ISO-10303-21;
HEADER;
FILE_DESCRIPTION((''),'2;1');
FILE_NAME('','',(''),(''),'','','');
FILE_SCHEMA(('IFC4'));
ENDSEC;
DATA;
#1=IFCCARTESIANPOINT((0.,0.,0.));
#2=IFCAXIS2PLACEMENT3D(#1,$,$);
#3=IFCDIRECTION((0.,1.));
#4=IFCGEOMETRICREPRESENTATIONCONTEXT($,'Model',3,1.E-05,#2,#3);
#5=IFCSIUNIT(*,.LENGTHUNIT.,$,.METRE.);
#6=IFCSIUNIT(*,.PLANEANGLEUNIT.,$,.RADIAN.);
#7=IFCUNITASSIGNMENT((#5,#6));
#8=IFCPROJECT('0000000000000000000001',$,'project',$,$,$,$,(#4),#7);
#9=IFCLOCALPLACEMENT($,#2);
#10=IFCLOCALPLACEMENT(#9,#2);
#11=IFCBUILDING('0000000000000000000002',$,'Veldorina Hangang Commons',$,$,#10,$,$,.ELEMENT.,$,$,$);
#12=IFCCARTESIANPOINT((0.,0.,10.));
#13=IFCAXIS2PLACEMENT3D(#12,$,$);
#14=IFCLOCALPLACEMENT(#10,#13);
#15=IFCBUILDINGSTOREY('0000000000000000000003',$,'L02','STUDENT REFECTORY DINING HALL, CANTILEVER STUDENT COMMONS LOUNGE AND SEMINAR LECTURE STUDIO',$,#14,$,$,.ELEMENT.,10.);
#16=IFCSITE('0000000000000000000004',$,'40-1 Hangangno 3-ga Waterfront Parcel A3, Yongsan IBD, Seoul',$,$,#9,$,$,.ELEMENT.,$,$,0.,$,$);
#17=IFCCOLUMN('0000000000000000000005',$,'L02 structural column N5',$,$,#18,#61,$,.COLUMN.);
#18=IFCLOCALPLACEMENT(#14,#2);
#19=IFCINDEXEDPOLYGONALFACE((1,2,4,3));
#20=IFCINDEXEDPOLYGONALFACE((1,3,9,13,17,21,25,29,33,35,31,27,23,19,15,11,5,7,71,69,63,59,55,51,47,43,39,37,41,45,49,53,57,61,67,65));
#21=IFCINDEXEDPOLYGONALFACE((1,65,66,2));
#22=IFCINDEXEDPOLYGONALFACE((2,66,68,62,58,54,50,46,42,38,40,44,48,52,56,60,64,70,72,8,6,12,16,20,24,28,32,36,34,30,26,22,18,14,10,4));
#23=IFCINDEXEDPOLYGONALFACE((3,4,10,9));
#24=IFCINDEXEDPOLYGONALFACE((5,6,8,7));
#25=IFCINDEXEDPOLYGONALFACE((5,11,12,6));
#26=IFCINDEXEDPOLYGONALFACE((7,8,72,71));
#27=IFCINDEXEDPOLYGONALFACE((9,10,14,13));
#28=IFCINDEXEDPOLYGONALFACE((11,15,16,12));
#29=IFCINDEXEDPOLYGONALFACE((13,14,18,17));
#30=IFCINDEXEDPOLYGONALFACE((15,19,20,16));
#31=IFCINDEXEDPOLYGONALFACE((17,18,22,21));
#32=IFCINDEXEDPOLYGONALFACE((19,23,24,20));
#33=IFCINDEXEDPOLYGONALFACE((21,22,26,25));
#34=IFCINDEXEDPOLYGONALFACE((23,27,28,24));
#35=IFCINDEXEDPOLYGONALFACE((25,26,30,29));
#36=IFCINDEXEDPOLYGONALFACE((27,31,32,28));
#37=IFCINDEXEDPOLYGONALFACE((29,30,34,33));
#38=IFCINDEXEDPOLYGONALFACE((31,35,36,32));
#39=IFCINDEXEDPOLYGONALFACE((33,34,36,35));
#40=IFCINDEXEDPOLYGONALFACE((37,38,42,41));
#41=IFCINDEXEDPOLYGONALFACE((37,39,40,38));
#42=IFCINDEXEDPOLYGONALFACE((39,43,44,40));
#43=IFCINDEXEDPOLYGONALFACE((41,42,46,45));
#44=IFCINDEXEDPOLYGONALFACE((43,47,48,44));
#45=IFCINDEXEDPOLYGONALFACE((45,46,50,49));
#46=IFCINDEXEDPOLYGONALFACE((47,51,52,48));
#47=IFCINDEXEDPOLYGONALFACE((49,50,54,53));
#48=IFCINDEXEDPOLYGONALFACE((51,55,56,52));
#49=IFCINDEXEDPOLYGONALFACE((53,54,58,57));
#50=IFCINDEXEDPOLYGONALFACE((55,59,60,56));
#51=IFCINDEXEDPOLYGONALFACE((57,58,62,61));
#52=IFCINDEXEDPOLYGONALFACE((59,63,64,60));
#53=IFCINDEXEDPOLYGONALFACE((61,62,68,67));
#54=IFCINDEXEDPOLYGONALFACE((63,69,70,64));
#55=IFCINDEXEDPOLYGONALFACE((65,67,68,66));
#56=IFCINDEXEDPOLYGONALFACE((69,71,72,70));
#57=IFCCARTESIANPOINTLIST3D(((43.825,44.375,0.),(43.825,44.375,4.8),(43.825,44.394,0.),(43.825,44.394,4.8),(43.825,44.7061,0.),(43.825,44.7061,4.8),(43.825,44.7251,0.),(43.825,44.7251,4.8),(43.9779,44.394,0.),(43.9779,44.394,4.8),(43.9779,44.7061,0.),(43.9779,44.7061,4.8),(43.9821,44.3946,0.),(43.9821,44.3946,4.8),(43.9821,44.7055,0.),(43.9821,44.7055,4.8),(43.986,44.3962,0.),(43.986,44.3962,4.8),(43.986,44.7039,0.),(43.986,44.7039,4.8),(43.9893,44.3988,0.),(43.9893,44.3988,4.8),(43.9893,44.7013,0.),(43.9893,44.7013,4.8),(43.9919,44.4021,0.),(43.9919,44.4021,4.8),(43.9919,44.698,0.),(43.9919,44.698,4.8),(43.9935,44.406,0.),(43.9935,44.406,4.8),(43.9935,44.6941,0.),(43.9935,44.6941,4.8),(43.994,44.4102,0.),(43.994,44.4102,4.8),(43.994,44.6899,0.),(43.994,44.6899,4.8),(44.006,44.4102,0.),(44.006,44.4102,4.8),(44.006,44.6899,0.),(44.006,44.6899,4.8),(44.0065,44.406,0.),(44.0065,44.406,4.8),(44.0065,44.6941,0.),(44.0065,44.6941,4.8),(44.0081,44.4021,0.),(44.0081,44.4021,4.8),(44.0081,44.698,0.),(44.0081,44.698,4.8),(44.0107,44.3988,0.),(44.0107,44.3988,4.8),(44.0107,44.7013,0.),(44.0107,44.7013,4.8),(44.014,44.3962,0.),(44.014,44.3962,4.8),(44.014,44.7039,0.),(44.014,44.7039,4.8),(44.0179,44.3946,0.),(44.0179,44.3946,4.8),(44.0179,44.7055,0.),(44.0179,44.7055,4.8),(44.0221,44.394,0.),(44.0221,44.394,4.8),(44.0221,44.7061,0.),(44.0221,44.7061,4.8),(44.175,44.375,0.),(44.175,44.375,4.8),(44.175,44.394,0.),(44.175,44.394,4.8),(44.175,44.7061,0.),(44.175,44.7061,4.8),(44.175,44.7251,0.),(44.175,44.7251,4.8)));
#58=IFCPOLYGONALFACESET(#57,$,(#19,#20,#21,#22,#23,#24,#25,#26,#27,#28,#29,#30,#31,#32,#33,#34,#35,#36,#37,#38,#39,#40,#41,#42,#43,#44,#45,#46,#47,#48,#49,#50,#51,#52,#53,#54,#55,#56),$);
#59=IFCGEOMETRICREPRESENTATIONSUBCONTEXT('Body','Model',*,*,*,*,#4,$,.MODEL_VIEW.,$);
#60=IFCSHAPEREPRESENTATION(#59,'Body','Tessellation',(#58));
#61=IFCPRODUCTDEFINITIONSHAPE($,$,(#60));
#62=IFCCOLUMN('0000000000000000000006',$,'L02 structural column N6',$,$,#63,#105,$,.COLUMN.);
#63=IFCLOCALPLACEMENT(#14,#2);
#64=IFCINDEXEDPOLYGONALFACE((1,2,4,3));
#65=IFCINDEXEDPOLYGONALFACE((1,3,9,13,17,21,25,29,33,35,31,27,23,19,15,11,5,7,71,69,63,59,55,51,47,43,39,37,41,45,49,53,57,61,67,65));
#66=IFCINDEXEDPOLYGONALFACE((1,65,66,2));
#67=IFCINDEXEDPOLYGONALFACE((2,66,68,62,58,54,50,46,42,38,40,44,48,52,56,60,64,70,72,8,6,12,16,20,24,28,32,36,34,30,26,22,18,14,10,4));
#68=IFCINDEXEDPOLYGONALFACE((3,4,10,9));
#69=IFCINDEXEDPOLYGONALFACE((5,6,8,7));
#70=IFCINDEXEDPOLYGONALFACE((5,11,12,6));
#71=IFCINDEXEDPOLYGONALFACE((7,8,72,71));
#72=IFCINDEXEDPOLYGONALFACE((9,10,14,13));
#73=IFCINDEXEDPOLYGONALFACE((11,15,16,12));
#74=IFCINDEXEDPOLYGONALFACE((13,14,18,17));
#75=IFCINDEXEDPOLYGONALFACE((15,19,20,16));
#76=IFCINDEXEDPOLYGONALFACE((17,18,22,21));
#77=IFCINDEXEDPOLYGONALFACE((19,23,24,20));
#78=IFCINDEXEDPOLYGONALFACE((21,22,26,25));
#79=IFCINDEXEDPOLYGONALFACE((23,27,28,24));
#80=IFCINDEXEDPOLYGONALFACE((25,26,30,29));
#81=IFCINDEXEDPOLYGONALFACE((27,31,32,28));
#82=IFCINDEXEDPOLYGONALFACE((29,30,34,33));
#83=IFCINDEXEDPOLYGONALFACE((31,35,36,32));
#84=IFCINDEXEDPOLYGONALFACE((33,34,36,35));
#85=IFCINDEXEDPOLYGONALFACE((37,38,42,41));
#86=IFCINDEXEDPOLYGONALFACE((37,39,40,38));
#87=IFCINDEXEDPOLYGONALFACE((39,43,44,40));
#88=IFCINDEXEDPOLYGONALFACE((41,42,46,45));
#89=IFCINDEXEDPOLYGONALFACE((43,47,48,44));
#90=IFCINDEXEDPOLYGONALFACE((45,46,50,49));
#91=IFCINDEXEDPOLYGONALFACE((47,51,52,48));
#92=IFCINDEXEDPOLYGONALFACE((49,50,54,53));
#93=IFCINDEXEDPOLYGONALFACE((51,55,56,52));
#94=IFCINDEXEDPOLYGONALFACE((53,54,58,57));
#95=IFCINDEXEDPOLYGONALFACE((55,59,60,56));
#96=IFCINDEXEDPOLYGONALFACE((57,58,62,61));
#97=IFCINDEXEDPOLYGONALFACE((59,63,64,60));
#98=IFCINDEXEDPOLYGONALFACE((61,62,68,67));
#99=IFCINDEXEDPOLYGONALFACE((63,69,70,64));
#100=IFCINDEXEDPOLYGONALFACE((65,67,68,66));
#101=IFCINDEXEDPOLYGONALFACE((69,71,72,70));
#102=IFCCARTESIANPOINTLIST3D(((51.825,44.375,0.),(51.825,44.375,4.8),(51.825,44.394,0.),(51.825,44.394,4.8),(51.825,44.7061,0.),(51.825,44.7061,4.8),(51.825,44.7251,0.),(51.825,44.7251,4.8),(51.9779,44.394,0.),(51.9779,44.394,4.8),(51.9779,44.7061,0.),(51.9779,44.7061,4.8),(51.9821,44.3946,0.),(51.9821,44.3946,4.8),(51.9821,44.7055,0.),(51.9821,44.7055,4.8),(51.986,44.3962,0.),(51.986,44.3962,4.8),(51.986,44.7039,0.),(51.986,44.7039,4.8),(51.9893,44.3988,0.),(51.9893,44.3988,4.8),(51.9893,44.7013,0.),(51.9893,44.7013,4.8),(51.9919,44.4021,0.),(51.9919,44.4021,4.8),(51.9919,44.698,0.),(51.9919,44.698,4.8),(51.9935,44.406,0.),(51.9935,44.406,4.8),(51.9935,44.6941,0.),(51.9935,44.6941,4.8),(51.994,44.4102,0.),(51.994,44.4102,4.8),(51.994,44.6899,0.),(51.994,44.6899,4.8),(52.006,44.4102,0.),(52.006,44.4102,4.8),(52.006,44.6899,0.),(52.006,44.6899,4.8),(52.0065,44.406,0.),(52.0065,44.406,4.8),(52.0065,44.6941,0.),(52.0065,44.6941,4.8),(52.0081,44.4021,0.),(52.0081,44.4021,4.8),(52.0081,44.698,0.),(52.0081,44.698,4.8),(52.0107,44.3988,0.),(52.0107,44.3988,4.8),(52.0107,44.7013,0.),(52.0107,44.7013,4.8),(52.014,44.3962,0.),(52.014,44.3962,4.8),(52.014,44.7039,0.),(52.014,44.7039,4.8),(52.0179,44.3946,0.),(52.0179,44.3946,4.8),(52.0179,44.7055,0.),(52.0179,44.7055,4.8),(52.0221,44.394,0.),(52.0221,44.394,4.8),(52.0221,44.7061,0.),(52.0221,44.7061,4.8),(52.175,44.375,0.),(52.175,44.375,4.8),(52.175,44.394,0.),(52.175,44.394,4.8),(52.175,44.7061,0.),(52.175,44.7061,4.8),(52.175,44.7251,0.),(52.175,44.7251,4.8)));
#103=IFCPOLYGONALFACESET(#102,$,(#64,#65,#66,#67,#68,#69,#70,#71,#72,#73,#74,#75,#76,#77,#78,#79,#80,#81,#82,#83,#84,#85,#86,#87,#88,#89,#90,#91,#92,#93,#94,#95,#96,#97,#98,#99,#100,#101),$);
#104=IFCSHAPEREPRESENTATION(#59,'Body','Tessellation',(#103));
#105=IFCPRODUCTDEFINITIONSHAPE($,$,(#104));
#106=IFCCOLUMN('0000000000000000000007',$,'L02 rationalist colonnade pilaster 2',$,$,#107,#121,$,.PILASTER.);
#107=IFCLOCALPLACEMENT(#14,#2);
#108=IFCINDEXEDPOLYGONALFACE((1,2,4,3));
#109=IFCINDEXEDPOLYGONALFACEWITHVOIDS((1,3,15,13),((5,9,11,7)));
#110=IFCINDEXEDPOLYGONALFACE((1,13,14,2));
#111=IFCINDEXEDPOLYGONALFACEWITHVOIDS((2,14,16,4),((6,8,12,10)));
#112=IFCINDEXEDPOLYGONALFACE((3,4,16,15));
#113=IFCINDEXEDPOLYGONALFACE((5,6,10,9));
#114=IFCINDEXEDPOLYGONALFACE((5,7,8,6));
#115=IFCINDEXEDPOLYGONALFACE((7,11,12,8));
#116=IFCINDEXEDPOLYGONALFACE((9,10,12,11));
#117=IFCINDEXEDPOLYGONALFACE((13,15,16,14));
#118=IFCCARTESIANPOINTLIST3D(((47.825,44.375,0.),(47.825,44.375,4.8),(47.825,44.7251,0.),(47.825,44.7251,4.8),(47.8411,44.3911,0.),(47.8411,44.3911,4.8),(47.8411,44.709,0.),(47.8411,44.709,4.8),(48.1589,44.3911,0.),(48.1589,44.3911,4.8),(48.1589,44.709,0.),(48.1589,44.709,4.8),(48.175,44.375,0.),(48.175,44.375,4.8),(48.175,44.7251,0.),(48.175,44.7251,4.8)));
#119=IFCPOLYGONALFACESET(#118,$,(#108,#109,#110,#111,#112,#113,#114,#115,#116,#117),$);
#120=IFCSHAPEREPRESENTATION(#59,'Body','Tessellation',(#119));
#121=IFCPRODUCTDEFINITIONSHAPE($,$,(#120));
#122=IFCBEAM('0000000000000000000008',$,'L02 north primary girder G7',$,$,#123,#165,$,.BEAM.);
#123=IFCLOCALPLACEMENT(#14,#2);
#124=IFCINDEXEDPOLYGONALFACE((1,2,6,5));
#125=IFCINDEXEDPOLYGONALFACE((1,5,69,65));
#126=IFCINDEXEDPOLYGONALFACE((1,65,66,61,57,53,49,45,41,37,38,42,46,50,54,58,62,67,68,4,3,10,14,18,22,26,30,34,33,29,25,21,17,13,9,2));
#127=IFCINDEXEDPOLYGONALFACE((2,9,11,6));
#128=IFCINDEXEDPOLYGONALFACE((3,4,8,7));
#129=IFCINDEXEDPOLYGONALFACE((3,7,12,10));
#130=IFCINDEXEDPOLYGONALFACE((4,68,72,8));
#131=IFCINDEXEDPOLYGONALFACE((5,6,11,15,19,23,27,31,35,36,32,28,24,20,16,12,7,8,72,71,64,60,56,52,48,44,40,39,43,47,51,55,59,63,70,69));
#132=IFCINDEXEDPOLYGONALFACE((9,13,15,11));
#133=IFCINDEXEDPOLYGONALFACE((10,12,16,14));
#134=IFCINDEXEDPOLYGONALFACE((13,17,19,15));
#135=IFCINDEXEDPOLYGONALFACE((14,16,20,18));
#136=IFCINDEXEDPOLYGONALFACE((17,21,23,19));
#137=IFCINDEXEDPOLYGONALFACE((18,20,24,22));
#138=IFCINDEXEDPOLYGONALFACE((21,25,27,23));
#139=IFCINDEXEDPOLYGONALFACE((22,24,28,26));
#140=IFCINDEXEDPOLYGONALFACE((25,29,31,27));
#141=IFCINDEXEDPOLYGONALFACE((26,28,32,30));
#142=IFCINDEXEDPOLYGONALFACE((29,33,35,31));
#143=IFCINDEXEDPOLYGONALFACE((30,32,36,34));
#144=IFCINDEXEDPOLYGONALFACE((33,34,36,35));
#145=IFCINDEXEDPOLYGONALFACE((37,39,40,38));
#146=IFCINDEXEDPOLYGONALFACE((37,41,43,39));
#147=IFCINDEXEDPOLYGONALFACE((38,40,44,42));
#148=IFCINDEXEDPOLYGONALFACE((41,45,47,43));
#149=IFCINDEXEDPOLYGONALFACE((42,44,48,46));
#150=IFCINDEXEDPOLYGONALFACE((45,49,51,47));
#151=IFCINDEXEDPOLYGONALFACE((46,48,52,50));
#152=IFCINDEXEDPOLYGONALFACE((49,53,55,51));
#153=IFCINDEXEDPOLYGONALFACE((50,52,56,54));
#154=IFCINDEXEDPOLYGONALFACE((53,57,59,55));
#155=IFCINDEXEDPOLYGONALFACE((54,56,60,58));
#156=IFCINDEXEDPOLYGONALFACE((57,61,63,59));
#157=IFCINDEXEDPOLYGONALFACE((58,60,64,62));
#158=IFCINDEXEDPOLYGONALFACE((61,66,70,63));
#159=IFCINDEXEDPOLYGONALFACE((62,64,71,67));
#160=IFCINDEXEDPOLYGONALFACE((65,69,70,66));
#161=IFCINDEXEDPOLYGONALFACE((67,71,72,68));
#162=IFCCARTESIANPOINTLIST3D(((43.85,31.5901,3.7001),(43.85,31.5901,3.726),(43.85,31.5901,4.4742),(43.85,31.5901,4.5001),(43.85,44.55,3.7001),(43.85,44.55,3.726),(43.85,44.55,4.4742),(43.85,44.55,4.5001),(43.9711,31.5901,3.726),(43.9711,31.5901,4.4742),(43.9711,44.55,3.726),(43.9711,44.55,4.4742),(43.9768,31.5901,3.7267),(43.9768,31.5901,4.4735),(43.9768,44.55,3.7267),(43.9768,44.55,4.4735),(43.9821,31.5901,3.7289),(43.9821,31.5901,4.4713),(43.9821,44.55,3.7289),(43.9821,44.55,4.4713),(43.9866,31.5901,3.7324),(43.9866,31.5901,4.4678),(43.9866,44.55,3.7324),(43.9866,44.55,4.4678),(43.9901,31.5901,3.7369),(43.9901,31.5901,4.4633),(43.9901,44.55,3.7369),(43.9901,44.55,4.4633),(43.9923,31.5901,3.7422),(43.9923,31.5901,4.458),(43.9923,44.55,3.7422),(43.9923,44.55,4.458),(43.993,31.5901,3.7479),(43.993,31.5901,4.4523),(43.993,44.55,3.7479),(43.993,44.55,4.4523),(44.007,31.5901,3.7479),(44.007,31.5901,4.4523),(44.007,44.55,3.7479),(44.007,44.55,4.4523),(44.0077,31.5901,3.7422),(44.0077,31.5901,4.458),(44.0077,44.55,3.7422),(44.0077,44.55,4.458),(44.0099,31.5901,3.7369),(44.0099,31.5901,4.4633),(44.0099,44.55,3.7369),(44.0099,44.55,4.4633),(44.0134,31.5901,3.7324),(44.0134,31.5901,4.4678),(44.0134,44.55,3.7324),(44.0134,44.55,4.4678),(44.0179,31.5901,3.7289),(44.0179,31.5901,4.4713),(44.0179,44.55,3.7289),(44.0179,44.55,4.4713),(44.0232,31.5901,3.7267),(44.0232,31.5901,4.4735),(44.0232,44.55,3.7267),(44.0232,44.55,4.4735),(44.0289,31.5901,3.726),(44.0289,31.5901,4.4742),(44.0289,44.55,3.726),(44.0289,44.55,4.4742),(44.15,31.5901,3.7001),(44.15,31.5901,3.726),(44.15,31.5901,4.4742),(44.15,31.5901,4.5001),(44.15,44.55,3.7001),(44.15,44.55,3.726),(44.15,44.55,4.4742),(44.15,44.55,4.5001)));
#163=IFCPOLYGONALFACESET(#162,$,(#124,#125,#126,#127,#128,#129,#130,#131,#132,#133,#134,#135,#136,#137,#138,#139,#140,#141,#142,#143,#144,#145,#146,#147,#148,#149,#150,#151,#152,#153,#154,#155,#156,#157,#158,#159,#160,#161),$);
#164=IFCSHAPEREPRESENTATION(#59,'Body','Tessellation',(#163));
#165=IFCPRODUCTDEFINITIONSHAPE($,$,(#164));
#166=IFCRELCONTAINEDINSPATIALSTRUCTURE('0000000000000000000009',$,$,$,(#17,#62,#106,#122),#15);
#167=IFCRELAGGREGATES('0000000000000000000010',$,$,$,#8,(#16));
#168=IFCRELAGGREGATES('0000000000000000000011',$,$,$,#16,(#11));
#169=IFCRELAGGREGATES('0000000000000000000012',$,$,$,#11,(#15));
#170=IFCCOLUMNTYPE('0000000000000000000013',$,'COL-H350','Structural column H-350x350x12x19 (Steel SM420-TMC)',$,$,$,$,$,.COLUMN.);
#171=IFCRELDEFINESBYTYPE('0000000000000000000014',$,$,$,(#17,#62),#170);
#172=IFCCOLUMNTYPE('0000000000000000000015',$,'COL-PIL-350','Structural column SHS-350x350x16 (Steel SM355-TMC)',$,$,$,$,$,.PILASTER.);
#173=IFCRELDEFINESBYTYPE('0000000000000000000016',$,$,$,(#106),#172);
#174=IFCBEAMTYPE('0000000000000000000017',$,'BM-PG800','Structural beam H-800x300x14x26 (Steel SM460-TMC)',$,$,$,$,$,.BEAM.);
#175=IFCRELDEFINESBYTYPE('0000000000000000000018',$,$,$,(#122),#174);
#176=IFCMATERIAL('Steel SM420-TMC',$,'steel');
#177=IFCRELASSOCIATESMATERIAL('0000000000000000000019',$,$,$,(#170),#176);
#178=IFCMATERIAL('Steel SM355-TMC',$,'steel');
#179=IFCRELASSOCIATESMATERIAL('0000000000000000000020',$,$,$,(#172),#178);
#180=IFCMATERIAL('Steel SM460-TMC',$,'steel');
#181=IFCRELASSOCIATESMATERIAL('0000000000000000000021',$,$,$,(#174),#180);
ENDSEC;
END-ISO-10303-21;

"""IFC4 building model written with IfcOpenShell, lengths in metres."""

from ifc_helpers import new_model, si_unit, direction, frame, origin, origin_2d, place, context, subcontext, project, spatial, hollow_rectangle, i_section, extrude, material, material_profile, profile_set, type_object, element, save


model = new_model("IFC4")

# Units and contexts
model_context = context("Model", 3, precision=1e-05, world=origin(), true_north=direction((0.0, 1.0)))
body_context = subcontext(model_context, "Body", "Model", "MODEL_VIEW")
ifc_project = project(units=[si_unit("LENGTHUNIT", "METRE"), si_unit("PLANEANGLEUNIT", "RADIAN")], contexts=[model_context])

# Site, building, storey
site_placement = place(None, origin())
site = spatial("IfcSite", under=ifc_project, at=site_placement, Name="40-1 Hangangno 3-ga Waterfront Parcel A3, Yongsan IBD, Seoul", CompositionType="ELEMENT", RefElevation=0.0)
building_placement = place(site_placement, origin())
building = spatial("IfcBuilding", under=site, at=building_placement, Name="Veldorina Hangang Commons", CompositionType="ELEMENT")
storey_placement = place(building_placement, frame((0.0, 0.0, 10.0)))
storey = spatial("IfcBuildingStorey", under=building, at=storey_placement, Name="L02", Description="STUDENT REFECTORY DINING HALL, CANTILEVER STUDENT COMMONS LOUNGE AND SEMINAR LECTURE STUDIO", CompositionType="ELEMENT", Elevation=10.0)

# Columns
ifc_material_1 = material(Name="Steel SM420-TMC", Category="steel")
ifc_material_profile_1 = material_profile(ifc_material_1, i_section(OverallWidth=0.3501, OverallDepth=0.3501, WebThickness=0.012, FlangeThickness=0.019, FilletRadius=0.0161, at=origin_2d()), Name="H-350x350x12x19")
ifc_profile_set_1 = profile_set([ifc_material_profile_1], Name="Steel SM420-TMC")
column_type_1 = type_object("IfcColumnType", Name="COL-H350", Description="Structural column H-350x350x12x19 (Steel SM420-TMC)", PredefinedType="COLUMN", material=ifc_profile_set_1)
for number, where, z_axis, x_axis, name in (
    (1, (44.0, 44.55, 0.0), (0.0, 0.0, 1.0), (1.0, 0.0, 0.0), "L02 structural column N5"),
    (2, (52.0, 44.55, 0.0), (0.0, 0.0, 1.0), (1.0, 0.0, 0.0), "L02 structural column N6"),
):
    element("IfcColumn", number, at=place(storey_placement, frame(where, z_axis=z_axis, x_axis=x_axis)), inside=storey, type_object=column_type_1, Name=name, PredefinedType="COLUMN", context=body_context, shape_type="SweptSolid", body=[
        extrude(i_section(OverallWidth=0.3501, OverallDepth=0.3501, WebThickness=0.012, FlangeThickness=0.019, FilletRadius=0.0161, at=origin_2d()), origin(), (0.0, 0.0, 1.0), 4.8),
    ])
ifc_material_2 = material(Name="Steel SM355-TMC", Category="steel")
ifc_material_profile_2 = material_profile(ifc_material_2, hollow_rectangle(XDim=0.3501, YDim=0.3501, WallThickness=0.0161, at=origin_2d()), Name="SHS-350x350x16")
ifc_profile_set_2 = profile_set([ifc_material_profile_2], Name="Steel SM355-TMC")
column_type_2 = type_object("IfcColumnType", Name="COL-PIL-350", Description="Structural column SHS-350x350x16 (Steel SM355-TMC)", PredefinedType="PILASTER", material=ifc_profile_set_2)
column_placement = place(storey_placement, frame((48.0, 44.55, 0.0), z_axis=(0.0, 0.0, 1.0), x_axis=(1.0, 0.0, 0.0)))
element("IfcColumn", 3, at=column_placement, inside=storey, type_object=column_type_2, Name="L02 rationalist colonnade pilaster 2", PredefinedType="PILASTER", context=body_context, shape_type="SweptSolid", body=[
    extrude(hollow_rectangle(XDim=0.3501, YDim=0.3501, WallThickness=0.0161, at=origin_2d()), origin(), (0.0, 0.0, 1.0), 4.8),
])

# Beam
ifc_material_3 = material(Name="Steel SM460-TMC", Category="steel")
ifc_material_profile_3 = material_profile(ifc_material_3, i_section(OverallWidth=0.3, OverallDepth=0.8, WebThickness=0.0139, FlangeThickness=0.0259, FilletRadius=0.022, at=origin_2d()), Name="H-800x300x14x26")
ifc_profile_set_3 = profile_set([ifc_material_profile_3], Name="Steel SM460-TMC")
beam_type_1 = type_object("IfcBeamType", Name="BM-PG800", Description="Structural beam H-800x300x14x26 (Steel SM460-TMC)", PredefinedType="BEAM", material=ifc_profile_set_3)
for number, where, z_axis, x_axis, name in (
    (4, (44.0, 31.5901, 4.1001), (0.0, 1.0, 0.0), (-1.0, 0.0, 0.0), "L02 north primary girder G7"),
):
    element("IfcBeam", number, at=place(storey_placement, frame(where, z_axis=z_axis, x_axis=x_axis)), inside=storey, type_object=beam_type_1, Name=name, PredefinedType="BEAM", context=body_context, shape_type="SweptSolid", body=[
        extrude(i_section(OverallWidth=0.3, OverallDepth=0.8, WebThickness=0.0139, FlangeThickness=0.0259, FilletRadius=0.022, at=origin_2d()), origin(), (0.0, 0.0, 1.0), 12.96),
    ])

save(model, "model.ifc")
